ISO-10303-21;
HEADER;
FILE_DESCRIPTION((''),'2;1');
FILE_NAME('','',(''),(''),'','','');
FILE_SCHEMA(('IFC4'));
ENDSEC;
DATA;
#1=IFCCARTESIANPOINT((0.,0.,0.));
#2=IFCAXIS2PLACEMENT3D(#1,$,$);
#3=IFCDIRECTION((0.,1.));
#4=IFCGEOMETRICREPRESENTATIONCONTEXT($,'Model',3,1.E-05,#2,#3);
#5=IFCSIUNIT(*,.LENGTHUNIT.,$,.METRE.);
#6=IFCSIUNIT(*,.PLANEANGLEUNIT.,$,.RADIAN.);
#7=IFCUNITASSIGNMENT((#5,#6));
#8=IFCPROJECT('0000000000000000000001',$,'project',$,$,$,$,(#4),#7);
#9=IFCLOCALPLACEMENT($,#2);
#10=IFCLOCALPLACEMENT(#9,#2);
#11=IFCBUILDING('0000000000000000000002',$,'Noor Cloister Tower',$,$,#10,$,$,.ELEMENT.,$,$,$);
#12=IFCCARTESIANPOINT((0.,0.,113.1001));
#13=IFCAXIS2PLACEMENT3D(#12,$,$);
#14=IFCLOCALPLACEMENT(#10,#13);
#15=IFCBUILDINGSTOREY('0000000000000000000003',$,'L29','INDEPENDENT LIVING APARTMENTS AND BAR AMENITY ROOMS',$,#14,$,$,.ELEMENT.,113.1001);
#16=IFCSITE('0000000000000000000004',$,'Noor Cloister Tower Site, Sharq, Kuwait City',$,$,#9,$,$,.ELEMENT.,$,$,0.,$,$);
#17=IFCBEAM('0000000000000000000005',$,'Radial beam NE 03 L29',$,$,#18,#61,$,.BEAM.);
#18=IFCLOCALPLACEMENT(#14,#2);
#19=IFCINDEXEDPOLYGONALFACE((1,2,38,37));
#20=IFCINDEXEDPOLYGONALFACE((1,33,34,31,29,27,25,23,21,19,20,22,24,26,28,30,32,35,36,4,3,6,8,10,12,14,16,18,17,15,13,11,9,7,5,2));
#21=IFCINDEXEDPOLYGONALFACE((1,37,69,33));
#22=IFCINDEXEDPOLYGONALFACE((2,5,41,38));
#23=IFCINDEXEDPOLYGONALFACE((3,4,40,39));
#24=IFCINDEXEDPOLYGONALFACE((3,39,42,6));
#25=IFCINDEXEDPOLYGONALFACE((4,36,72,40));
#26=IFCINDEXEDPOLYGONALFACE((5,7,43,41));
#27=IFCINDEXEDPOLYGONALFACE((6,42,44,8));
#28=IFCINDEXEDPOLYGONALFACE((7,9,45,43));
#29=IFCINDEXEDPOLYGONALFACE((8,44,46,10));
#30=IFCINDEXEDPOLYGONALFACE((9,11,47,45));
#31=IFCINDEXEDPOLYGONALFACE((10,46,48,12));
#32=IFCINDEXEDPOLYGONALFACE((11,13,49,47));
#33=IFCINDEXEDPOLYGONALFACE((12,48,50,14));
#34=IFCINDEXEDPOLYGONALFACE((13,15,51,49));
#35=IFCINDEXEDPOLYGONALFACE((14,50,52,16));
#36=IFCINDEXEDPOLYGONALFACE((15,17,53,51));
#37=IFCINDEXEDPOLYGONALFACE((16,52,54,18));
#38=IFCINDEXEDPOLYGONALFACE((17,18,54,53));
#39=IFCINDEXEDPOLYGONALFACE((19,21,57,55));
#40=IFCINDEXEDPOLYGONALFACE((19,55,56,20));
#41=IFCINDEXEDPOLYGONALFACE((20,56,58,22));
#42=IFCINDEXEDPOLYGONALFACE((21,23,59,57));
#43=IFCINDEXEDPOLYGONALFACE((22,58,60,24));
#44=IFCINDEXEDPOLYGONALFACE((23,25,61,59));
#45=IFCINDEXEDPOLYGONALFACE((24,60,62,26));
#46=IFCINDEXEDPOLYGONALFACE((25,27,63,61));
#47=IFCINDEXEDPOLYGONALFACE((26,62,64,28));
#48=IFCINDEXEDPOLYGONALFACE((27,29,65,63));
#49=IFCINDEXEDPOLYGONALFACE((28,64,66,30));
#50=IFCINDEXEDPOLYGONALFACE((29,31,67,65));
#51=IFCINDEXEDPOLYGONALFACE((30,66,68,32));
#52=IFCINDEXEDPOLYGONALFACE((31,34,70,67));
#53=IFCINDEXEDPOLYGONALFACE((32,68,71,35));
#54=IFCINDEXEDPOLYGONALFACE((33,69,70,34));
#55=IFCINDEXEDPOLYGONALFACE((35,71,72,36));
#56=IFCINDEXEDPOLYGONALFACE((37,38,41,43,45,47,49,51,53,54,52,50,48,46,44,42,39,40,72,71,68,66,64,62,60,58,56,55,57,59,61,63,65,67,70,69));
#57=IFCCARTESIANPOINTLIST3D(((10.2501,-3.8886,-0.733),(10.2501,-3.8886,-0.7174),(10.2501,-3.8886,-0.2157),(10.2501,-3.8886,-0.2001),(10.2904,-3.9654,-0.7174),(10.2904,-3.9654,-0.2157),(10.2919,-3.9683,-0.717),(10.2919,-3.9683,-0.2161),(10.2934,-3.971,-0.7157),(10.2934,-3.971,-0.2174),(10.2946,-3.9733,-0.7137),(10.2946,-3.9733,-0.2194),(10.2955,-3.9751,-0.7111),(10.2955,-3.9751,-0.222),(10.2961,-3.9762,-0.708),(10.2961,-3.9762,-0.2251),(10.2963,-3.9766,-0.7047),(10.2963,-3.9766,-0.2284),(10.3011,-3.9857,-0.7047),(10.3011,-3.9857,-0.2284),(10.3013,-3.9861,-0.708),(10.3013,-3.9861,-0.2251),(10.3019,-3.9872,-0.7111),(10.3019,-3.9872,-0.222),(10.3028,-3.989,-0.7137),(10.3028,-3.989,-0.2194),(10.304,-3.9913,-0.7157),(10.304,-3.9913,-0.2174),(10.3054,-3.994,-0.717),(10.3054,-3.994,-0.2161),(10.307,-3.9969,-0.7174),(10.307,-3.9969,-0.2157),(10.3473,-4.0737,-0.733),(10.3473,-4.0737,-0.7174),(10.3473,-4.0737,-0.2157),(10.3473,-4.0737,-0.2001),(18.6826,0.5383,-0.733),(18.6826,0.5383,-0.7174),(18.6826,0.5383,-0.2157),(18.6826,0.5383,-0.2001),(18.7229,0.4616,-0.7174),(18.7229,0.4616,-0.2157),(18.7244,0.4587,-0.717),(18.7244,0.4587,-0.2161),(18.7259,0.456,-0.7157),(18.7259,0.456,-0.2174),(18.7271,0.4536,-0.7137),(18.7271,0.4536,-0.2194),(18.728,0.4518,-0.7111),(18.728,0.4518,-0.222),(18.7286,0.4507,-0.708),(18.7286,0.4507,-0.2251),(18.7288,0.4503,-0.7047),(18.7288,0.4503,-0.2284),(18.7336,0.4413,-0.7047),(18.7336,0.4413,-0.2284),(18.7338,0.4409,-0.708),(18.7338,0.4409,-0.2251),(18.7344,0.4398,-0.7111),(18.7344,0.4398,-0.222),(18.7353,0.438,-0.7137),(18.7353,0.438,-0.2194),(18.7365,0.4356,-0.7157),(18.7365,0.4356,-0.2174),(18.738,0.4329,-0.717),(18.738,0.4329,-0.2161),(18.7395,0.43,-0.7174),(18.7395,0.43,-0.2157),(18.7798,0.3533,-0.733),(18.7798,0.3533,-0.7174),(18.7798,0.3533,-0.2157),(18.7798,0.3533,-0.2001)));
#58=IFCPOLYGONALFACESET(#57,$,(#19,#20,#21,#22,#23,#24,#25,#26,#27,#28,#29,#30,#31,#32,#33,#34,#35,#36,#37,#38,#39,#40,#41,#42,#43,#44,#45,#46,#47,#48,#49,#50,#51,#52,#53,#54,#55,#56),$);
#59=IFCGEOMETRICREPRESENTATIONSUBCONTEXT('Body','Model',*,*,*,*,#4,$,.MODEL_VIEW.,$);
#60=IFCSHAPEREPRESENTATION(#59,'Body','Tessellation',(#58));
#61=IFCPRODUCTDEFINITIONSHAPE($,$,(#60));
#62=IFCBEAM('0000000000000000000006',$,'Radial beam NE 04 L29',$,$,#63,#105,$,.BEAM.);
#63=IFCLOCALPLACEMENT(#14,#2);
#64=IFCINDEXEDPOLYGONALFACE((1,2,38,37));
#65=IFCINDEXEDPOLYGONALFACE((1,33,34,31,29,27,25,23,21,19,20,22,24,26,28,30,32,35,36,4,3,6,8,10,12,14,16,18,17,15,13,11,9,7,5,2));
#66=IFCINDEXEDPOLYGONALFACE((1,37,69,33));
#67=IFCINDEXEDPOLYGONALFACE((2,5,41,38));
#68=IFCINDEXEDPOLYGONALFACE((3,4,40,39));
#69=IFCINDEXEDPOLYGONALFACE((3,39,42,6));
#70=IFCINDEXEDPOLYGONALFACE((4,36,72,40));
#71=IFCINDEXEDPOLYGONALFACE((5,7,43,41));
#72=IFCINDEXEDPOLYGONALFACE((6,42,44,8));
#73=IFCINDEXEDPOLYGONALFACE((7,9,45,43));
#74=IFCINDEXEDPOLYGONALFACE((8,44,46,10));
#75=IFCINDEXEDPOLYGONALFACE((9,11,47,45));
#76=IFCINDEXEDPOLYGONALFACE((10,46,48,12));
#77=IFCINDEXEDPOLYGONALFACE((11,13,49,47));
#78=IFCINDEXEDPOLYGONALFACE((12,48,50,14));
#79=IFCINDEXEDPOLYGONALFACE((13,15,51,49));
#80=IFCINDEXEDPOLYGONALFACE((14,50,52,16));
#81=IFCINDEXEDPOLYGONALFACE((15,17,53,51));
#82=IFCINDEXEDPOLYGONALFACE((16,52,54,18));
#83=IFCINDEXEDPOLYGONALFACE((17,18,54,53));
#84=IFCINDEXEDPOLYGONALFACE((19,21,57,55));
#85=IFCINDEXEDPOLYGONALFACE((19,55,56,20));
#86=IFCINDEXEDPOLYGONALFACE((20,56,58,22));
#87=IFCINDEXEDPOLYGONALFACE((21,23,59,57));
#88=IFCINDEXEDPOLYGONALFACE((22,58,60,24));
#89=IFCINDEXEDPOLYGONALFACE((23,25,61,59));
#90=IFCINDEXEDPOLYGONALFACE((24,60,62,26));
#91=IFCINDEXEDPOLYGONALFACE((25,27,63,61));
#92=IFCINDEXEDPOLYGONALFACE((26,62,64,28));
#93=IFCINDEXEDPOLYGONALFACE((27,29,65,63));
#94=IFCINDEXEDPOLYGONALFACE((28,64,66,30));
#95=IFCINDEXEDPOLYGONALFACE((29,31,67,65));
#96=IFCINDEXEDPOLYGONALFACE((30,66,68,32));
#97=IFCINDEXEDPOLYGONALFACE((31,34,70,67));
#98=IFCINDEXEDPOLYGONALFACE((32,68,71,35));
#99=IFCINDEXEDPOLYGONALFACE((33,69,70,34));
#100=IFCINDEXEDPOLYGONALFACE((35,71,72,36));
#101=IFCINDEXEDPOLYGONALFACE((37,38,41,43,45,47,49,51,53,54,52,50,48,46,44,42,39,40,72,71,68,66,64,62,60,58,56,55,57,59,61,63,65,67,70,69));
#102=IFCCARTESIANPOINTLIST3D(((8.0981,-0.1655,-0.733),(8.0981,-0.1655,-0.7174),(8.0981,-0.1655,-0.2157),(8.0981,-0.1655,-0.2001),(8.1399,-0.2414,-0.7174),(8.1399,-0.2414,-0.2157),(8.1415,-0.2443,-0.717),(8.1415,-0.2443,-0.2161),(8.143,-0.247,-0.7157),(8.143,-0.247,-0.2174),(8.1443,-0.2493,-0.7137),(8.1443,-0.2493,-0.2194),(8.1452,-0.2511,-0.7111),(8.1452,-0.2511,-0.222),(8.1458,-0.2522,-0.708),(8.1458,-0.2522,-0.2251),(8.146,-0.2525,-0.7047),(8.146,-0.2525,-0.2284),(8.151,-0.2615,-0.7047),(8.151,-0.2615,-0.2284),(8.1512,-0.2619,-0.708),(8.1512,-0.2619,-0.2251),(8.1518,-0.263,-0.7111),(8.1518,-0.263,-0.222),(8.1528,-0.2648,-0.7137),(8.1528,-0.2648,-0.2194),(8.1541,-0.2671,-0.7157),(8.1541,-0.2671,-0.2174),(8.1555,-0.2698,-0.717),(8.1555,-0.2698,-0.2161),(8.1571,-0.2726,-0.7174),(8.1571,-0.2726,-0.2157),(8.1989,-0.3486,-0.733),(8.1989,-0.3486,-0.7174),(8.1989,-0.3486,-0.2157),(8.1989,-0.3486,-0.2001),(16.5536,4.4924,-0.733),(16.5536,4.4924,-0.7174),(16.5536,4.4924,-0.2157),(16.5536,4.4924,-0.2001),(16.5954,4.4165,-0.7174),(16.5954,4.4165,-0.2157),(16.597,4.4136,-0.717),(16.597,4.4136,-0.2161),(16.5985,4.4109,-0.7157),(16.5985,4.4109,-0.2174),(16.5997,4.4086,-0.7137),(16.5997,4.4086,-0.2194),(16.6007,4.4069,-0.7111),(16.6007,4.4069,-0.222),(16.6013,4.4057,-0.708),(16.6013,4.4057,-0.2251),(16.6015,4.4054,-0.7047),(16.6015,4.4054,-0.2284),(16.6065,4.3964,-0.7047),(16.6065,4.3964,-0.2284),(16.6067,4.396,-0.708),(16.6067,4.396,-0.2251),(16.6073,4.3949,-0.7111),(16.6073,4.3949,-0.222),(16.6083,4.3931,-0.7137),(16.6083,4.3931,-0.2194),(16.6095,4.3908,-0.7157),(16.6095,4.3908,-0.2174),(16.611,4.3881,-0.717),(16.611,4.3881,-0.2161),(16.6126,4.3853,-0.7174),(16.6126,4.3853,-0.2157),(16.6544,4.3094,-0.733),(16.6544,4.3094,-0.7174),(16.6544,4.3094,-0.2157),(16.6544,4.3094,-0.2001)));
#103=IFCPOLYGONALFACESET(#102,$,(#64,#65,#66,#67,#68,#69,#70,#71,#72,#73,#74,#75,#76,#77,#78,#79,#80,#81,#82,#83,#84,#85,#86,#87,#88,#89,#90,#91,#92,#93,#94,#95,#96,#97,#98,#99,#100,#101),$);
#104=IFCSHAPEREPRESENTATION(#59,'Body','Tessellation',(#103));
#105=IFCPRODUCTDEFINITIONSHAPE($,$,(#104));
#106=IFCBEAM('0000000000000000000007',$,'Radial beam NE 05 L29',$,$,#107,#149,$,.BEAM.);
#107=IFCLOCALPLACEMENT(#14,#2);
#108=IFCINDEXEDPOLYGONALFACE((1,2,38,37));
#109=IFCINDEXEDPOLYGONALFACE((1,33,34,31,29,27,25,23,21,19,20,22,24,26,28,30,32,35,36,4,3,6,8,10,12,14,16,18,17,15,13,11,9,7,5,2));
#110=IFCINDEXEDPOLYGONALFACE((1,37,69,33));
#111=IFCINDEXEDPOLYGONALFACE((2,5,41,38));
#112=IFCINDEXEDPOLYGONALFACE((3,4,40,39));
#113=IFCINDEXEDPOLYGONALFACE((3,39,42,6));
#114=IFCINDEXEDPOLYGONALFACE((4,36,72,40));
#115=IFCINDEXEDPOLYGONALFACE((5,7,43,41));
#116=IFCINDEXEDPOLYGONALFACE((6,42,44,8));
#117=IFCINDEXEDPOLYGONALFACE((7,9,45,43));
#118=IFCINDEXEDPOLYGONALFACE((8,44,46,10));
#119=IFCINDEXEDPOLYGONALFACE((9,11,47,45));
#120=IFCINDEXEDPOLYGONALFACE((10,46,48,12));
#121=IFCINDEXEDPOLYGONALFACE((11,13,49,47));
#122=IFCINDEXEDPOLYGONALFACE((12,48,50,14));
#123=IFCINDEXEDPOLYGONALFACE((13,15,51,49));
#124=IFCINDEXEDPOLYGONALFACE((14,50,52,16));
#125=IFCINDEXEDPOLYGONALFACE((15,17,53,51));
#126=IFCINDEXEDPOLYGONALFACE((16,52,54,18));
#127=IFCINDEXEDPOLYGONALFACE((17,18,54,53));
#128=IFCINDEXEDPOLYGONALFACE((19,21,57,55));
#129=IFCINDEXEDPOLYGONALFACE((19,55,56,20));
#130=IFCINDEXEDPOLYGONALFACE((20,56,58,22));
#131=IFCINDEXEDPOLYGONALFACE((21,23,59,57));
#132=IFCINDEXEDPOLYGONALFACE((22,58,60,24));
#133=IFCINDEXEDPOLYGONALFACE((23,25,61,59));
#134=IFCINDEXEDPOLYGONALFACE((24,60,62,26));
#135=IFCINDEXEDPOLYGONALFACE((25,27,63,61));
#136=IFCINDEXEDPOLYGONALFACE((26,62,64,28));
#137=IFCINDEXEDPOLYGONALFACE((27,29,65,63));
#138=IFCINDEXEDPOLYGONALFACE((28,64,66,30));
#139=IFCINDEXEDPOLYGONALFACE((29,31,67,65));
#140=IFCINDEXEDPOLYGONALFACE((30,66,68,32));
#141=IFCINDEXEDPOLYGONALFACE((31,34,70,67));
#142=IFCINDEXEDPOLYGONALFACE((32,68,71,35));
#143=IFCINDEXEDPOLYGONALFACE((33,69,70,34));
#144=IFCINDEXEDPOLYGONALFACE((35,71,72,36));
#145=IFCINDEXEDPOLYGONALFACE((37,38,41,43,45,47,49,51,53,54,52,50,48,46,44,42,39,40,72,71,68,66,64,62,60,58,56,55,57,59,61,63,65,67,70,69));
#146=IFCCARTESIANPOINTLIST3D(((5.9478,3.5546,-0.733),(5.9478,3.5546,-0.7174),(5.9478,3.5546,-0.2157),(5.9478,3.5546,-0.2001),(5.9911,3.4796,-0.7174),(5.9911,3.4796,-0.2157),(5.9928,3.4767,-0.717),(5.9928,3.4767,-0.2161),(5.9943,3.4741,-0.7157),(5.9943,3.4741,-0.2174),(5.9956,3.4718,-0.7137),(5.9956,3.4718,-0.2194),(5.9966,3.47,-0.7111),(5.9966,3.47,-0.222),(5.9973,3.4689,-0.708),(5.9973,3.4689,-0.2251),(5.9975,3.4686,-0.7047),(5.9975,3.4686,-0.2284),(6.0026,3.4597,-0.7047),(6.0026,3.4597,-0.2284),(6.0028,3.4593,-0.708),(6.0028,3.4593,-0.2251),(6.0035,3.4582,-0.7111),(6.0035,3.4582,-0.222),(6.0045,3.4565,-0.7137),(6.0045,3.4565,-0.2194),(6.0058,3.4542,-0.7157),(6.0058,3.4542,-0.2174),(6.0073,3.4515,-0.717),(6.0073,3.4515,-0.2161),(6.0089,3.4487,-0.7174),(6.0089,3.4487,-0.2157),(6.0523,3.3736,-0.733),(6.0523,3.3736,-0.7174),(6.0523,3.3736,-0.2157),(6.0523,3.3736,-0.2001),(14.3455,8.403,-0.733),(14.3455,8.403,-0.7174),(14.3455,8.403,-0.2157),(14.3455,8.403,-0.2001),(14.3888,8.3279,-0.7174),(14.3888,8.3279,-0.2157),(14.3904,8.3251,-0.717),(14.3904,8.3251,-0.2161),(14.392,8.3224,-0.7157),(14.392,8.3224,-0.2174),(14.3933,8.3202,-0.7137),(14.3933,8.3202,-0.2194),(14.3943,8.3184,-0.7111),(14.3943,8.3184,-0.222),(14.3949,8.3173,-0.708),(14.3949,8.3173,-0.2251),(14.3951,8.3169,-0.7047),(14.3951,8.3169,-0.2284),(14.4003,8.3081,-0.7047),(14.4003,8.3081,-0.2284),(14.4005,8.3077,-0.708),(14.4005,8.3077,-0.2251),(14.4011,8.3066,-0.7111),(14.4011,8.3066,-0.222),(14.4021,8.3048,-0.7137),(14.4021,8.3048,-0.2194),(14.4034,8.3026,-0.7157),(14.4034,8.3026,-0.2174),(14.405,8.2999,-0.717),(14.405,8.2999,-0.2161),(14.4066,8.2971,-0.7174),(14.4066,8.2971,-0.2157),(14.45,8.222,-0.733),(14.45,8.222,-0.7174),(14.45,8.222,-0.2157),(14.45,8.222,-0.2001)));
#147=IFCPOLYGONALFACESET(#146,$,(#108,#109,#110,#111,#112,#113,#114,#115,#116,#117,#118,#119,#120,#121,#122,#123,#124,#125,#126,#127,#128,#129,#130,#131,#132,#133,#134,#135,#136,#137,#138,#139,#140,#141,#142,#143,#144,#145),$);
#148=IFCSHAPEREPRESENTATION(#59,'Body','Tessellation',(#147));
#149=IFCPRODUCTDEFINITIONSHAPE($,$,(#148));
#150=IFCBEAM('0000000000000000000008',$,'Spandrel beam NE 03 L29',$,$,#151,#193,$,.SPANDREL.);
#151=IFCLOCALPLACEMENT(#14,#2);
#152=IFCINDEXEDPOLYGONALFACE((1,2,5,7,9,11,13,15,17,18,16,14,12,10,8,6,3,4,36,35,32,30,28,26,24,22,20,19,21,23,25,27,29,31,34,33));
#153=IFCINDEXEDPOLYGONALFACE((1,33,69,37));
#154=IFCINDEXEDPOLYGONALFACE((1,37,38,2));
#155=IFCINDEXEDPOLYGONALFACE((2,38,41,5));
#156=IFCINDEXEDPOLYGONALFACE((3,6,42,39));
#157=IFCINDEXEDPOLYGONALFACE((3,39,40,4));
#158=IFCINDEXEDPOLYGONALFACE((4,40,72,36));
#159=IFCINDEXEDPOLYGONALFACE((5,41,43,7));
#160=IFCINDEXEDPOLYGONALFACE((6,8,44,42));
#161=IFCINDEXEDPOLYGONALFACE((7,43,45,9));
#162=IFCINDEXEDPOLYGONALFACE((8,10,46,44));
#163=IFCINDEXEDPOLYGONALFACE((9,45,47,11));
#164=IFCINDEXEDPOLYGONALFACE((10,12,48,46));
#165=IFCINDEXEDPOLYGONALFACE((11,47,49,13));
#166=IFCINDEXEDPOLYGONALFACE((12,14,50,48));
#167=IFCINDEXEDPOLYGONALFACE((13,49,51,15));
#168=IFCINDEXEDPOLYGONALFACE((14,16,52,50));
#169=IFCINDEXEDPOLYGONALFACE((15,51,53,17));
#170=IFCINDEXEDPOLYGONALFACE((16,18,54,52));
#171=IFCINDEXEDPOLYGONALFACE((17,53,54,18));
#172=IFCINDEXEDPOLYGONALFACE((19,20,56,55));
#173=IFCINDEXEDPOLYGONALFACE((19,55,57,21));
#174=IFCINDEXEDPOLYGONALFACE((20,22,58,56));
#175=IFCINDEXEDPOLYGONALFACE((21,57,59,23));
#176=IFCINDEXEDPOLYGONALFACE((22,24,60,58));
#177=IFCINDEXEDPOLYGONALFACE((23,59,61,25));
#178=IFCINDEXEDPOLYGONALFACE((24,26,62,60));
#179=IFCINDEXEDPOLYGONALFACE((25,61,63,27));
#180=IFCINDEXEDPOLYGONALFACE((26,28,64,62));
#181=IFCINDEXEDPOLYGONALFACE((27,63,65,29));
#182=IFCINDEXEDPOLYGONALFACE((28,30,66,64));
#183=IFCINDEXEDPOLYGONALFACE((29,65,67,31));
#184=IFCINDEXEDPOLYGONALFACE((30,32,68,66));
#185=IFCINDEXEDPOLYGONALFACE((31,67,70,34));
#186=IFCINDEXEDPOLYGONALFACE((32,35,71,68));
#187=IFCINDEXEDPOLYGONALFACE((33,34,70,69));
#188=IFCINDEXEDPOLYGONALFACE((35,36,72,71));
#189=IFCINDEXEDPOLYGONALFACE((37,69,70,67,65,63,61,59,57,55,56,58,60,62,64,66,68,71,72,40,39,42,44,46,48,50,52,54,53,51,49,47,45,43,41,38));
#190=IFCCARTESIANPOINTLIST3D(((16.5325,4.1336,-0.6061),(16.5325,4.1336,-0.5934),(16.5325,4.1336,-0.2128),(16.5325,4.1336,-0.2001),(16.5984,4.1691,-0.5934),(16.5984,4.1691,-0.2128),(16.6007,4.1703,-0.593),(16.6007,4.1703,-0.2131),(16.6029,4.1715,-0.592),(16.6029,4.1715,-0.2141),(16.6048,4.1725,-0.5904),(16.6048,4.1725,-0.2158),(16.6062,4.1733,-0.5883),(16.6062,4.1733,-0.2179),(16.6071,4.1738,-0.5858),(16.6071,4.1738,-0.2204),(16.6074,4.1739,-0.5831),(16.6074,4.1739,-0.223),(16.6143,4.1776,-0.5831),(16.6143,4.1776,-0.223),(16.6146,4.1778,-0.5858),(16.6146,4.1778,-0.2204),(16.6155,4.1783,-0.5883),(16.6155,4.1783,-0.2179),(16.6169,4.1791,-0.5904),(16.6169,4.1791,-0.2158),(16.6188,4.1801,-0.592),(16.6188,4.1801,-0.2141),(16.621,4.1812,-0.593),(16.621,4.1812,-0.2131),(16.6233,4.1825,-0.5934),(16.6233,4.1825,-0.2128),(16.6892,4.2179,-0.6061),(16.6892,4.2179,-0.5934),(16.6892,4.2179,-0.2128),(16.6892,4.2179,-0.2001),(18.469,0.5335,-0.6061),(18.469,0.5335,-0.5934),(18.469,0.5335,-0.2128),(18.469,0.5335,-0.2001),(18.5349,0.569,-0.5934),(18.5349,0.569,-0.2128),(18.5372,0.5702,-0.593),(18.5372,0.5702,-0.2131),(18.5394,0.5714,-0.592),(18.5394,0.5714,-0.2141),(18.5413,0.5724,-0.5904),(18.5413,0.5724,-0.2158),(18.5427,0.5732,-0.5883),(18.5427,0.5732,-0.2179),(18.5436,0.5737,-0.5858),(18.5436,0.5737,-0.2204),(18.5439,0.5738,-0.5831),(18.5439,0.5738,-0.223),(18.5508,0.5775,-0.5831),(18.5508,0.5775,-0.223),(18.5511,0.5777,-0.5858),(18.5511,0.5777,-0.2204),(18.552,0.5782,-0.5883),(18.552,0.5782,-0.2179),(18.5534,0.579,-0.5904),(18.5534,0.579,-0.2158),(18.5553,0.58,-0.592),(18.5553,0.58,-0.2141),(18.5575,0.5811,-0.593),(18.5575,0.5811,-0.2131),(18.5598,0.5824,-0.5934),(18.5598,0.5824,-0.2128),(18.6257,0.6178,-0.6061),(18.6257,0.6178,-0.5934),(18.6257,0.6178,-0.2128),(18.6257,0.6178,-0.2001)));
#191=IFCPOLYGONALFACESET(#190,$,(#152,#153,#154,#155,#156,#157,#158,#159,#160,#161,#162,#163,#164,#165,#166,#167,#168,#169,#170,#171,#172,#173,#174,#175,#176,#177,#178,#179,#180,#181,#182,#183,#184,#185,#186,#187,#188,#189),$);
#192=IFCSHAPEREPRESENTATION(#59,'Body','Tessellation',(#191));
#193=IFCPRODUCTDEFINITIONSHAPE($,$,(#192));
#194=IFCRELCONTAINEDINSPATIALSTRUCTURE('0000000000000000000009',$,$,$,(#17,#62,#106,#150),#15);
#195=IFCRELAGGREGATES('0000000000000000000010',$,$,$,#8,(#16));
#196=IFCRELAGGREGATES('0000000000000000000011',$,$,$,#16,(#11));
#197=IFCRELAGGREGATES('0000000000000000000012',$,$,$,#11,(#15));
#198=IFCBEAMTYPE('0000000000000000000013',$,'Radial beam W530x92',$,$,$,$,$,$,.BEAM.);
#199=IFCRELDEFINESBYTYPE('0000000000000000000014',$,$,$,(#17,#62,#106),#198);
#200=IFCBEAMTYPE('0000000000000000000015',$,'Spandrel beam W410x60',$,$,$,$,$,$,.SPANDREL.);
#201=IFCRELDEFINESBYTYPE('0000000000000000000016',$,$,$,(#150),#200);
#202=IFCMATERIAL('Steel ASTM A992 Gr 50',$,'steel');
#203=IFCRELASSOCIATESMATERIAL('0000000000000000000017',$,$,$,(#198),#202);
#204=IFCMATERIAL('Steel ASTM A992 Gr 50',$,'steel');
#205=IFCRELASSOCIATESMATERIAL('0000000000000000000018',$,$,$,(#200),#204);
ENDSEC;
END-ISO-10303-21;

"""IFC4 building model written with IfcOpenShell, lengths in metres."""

from ifc_helpers import new_model, si_unit, direction, frame, origin, origin_2d, place, context, subcontext, project, spatial, i_section, extrude, material, material_profile, profile_set, type_object, element, save


model = new_model("IFC4")

# Units and contexts
model_context = context("Model", 3, precision=1e-05, world=origin(), true_north=direction((0.0, 1.0)))
body_context = subcontext(model_context, "Body", "Model", "MODEL_VIEW")
ifc_project = project(units=[si_unit("LENGTHUNIT", "METRE"), si_unit("PLANEANGLEUNIT", "RADIAN")], contexts=[model_context])

# Site, building, storey
site_placement = place(None, origin())
site = spatial("IfcSite", under=ifc_project, at=site_placement, Name="Noor Cloister Tower Site, Sharq, Kuwait City", CompositionType="ELEMENT", RefElevation=0.0)
building_placement = place(site_placement, origin())
building = spatial("IfcBuilding", under=site, at=building_placement, Name="Noor Cloister Tower", CompositionType="ELEMENT")
storey_placement = place(building_placement, frame((0.0, 0.0, 113.1001)))
storey = spatial("IfcBuildingStorey", under=building, at=storey_placement, Name="L29", Description="INDEPENDENT LIVING APARTMENTS AND BAR AMENITY ROOMS", CompositionType="ELEMENT", Elevation=113.1001)

# Beams
ifc_material_1 = material(Name="Steel ASTM A992 Gr 50", Category="steel")
ifc_material_profile_1 = material_profile(ifc_material_1, i_section(OverallWidth=0.209, OverallDepth=0.533, WebThickness=0.0103, FlangeThickness=0.0156, FilletRadius=0.0127, at=origin_2d()), Name="W530x92")
ifc_profile_set_1 = profile_set([ifc_material_profile_1], Name="Steel ASTM A992 Gr 50")
beam_type_1 = type_object("IfcBeamType", Name="Radial beam W530x92", PredefinedType="BEAM", material=ifc_profile_set_1)
beam_1_placement = place(storey_placement, frame((18.7312, 0.4458, -0.4666), z_axis=(-0.885403, -0.464824, 0.0), x_axis=(0.464824, -0.885403, 0.0)))
element("IfcBeam", 1, at=beam_1_placement, inside=storey, type_object=beam_type_1, Name="Radial beam NE 03 L29", PredefinedType="BEAM", context=body_context, shape_type="SweptSolid", body=[
    extrude(i_section(OverallWidth=0.209, OverallDepth=0.533, WebThickness=0.0103, FlangeThickness=0.0156, FilletRadius=0.0127, at=origin_2d()), origin(), (0.0, 0.0, 1.0), 9.5239),
])
beam_2_placement = place(storey_placement, frame((16.604, 4.4009, -0.4666), z_axis=(-0.875892, -0.482507, 0.0), x_axis=(0.482507, -0.875892, 0.0)))
element("IfcBeam", 2, at=beam_2_placement, inside=storey, type_object=beam_type_1, Name="Radial beam NE 04 L29", PredefinedType="BEAM", context=body_context, shape_type="SweptSolid", body=[
    extrude(i_section(OverallWidth=0.209, OverallDepth=0.533, WebThickness=0.0103, FlangeThickness=0.0156, FilletRadius=0.0127, at=origin_2d()), origin(), (0.0, 0.0, 1.0), 9.6536),
])
beam_3_placement = place(storey_placement, frame((14.3977, 8.3125, -0.4666), z_axis=(-0.866027, -0.499998, 0.0), x_axis=(0.499998, -0.866027, 0.0)))
element("IfcBeam", 3, at=beam_3_placement, inside=storey, type_object=beam_type_1, Name="Radial beam NE 05 L29", PredefinedType="BEAM", context=body_context, shape_type="SweptSolid", body=[
    extrude(i_section(OverallWidth=0.209, OverallDepth=0.533, WebThickness=0.0103, FlangeThickness=0.0156, FilletRadius=0.0127, at=origin_2d()), origin(), (0.0, 0.0, 1.0), 9.6968),
])
ifc_material_2 = material(Name="Steel ASTM A992 Gr 50", Category="steel")
ifc_material_profile_2 = material_profile(ifc_material_2, i_section(OverallWidth=0.178, OverallDepth=0.406, WebThickness=0.0078, FlangeThickness=0.0127, FilletRadius=0.0103, at=origin_2d()), Name="W410x60")
ifc_profile_set_2 = profile_set([ifc_material_profile_2], Name="Steel ASTM A992 Gr 50")
beam_type_2 = type_object("IfcBeamType", Name="Spandrel beam W410x60", PredefinedType="SPANDREL", material=ifc_profile_set_2)
for number, where, z_axis, x_axis, name in (
    (4, (18.5474, 0.5757, -0.4031), (-0.473722, 0.880674, 0.0), (-0.880674, -0.473722, 0.0), "Spandrel beam NE 03 L29"),
):
    element("IfcBeam", number, at=place(storey_placement, frame(where, z_axis=z_axis, x_axis=x_axis)), inside=storey, type_object=beam_type_2, Name=name, PredefinedType="SPANDREL", context=body_context, shape_type="SweptSolid", body=[
        extrude(i_section(OverallWidth=0.178, OverallDepth=0.406, WebThickness=0.0078, FlangeThickness=0.0127, FilletRadius=0.0103, at=origin_2d()), origin(), (0.0, 0.0, 1.0), 4.0879),
    ])

save(model, "model.ifc")
